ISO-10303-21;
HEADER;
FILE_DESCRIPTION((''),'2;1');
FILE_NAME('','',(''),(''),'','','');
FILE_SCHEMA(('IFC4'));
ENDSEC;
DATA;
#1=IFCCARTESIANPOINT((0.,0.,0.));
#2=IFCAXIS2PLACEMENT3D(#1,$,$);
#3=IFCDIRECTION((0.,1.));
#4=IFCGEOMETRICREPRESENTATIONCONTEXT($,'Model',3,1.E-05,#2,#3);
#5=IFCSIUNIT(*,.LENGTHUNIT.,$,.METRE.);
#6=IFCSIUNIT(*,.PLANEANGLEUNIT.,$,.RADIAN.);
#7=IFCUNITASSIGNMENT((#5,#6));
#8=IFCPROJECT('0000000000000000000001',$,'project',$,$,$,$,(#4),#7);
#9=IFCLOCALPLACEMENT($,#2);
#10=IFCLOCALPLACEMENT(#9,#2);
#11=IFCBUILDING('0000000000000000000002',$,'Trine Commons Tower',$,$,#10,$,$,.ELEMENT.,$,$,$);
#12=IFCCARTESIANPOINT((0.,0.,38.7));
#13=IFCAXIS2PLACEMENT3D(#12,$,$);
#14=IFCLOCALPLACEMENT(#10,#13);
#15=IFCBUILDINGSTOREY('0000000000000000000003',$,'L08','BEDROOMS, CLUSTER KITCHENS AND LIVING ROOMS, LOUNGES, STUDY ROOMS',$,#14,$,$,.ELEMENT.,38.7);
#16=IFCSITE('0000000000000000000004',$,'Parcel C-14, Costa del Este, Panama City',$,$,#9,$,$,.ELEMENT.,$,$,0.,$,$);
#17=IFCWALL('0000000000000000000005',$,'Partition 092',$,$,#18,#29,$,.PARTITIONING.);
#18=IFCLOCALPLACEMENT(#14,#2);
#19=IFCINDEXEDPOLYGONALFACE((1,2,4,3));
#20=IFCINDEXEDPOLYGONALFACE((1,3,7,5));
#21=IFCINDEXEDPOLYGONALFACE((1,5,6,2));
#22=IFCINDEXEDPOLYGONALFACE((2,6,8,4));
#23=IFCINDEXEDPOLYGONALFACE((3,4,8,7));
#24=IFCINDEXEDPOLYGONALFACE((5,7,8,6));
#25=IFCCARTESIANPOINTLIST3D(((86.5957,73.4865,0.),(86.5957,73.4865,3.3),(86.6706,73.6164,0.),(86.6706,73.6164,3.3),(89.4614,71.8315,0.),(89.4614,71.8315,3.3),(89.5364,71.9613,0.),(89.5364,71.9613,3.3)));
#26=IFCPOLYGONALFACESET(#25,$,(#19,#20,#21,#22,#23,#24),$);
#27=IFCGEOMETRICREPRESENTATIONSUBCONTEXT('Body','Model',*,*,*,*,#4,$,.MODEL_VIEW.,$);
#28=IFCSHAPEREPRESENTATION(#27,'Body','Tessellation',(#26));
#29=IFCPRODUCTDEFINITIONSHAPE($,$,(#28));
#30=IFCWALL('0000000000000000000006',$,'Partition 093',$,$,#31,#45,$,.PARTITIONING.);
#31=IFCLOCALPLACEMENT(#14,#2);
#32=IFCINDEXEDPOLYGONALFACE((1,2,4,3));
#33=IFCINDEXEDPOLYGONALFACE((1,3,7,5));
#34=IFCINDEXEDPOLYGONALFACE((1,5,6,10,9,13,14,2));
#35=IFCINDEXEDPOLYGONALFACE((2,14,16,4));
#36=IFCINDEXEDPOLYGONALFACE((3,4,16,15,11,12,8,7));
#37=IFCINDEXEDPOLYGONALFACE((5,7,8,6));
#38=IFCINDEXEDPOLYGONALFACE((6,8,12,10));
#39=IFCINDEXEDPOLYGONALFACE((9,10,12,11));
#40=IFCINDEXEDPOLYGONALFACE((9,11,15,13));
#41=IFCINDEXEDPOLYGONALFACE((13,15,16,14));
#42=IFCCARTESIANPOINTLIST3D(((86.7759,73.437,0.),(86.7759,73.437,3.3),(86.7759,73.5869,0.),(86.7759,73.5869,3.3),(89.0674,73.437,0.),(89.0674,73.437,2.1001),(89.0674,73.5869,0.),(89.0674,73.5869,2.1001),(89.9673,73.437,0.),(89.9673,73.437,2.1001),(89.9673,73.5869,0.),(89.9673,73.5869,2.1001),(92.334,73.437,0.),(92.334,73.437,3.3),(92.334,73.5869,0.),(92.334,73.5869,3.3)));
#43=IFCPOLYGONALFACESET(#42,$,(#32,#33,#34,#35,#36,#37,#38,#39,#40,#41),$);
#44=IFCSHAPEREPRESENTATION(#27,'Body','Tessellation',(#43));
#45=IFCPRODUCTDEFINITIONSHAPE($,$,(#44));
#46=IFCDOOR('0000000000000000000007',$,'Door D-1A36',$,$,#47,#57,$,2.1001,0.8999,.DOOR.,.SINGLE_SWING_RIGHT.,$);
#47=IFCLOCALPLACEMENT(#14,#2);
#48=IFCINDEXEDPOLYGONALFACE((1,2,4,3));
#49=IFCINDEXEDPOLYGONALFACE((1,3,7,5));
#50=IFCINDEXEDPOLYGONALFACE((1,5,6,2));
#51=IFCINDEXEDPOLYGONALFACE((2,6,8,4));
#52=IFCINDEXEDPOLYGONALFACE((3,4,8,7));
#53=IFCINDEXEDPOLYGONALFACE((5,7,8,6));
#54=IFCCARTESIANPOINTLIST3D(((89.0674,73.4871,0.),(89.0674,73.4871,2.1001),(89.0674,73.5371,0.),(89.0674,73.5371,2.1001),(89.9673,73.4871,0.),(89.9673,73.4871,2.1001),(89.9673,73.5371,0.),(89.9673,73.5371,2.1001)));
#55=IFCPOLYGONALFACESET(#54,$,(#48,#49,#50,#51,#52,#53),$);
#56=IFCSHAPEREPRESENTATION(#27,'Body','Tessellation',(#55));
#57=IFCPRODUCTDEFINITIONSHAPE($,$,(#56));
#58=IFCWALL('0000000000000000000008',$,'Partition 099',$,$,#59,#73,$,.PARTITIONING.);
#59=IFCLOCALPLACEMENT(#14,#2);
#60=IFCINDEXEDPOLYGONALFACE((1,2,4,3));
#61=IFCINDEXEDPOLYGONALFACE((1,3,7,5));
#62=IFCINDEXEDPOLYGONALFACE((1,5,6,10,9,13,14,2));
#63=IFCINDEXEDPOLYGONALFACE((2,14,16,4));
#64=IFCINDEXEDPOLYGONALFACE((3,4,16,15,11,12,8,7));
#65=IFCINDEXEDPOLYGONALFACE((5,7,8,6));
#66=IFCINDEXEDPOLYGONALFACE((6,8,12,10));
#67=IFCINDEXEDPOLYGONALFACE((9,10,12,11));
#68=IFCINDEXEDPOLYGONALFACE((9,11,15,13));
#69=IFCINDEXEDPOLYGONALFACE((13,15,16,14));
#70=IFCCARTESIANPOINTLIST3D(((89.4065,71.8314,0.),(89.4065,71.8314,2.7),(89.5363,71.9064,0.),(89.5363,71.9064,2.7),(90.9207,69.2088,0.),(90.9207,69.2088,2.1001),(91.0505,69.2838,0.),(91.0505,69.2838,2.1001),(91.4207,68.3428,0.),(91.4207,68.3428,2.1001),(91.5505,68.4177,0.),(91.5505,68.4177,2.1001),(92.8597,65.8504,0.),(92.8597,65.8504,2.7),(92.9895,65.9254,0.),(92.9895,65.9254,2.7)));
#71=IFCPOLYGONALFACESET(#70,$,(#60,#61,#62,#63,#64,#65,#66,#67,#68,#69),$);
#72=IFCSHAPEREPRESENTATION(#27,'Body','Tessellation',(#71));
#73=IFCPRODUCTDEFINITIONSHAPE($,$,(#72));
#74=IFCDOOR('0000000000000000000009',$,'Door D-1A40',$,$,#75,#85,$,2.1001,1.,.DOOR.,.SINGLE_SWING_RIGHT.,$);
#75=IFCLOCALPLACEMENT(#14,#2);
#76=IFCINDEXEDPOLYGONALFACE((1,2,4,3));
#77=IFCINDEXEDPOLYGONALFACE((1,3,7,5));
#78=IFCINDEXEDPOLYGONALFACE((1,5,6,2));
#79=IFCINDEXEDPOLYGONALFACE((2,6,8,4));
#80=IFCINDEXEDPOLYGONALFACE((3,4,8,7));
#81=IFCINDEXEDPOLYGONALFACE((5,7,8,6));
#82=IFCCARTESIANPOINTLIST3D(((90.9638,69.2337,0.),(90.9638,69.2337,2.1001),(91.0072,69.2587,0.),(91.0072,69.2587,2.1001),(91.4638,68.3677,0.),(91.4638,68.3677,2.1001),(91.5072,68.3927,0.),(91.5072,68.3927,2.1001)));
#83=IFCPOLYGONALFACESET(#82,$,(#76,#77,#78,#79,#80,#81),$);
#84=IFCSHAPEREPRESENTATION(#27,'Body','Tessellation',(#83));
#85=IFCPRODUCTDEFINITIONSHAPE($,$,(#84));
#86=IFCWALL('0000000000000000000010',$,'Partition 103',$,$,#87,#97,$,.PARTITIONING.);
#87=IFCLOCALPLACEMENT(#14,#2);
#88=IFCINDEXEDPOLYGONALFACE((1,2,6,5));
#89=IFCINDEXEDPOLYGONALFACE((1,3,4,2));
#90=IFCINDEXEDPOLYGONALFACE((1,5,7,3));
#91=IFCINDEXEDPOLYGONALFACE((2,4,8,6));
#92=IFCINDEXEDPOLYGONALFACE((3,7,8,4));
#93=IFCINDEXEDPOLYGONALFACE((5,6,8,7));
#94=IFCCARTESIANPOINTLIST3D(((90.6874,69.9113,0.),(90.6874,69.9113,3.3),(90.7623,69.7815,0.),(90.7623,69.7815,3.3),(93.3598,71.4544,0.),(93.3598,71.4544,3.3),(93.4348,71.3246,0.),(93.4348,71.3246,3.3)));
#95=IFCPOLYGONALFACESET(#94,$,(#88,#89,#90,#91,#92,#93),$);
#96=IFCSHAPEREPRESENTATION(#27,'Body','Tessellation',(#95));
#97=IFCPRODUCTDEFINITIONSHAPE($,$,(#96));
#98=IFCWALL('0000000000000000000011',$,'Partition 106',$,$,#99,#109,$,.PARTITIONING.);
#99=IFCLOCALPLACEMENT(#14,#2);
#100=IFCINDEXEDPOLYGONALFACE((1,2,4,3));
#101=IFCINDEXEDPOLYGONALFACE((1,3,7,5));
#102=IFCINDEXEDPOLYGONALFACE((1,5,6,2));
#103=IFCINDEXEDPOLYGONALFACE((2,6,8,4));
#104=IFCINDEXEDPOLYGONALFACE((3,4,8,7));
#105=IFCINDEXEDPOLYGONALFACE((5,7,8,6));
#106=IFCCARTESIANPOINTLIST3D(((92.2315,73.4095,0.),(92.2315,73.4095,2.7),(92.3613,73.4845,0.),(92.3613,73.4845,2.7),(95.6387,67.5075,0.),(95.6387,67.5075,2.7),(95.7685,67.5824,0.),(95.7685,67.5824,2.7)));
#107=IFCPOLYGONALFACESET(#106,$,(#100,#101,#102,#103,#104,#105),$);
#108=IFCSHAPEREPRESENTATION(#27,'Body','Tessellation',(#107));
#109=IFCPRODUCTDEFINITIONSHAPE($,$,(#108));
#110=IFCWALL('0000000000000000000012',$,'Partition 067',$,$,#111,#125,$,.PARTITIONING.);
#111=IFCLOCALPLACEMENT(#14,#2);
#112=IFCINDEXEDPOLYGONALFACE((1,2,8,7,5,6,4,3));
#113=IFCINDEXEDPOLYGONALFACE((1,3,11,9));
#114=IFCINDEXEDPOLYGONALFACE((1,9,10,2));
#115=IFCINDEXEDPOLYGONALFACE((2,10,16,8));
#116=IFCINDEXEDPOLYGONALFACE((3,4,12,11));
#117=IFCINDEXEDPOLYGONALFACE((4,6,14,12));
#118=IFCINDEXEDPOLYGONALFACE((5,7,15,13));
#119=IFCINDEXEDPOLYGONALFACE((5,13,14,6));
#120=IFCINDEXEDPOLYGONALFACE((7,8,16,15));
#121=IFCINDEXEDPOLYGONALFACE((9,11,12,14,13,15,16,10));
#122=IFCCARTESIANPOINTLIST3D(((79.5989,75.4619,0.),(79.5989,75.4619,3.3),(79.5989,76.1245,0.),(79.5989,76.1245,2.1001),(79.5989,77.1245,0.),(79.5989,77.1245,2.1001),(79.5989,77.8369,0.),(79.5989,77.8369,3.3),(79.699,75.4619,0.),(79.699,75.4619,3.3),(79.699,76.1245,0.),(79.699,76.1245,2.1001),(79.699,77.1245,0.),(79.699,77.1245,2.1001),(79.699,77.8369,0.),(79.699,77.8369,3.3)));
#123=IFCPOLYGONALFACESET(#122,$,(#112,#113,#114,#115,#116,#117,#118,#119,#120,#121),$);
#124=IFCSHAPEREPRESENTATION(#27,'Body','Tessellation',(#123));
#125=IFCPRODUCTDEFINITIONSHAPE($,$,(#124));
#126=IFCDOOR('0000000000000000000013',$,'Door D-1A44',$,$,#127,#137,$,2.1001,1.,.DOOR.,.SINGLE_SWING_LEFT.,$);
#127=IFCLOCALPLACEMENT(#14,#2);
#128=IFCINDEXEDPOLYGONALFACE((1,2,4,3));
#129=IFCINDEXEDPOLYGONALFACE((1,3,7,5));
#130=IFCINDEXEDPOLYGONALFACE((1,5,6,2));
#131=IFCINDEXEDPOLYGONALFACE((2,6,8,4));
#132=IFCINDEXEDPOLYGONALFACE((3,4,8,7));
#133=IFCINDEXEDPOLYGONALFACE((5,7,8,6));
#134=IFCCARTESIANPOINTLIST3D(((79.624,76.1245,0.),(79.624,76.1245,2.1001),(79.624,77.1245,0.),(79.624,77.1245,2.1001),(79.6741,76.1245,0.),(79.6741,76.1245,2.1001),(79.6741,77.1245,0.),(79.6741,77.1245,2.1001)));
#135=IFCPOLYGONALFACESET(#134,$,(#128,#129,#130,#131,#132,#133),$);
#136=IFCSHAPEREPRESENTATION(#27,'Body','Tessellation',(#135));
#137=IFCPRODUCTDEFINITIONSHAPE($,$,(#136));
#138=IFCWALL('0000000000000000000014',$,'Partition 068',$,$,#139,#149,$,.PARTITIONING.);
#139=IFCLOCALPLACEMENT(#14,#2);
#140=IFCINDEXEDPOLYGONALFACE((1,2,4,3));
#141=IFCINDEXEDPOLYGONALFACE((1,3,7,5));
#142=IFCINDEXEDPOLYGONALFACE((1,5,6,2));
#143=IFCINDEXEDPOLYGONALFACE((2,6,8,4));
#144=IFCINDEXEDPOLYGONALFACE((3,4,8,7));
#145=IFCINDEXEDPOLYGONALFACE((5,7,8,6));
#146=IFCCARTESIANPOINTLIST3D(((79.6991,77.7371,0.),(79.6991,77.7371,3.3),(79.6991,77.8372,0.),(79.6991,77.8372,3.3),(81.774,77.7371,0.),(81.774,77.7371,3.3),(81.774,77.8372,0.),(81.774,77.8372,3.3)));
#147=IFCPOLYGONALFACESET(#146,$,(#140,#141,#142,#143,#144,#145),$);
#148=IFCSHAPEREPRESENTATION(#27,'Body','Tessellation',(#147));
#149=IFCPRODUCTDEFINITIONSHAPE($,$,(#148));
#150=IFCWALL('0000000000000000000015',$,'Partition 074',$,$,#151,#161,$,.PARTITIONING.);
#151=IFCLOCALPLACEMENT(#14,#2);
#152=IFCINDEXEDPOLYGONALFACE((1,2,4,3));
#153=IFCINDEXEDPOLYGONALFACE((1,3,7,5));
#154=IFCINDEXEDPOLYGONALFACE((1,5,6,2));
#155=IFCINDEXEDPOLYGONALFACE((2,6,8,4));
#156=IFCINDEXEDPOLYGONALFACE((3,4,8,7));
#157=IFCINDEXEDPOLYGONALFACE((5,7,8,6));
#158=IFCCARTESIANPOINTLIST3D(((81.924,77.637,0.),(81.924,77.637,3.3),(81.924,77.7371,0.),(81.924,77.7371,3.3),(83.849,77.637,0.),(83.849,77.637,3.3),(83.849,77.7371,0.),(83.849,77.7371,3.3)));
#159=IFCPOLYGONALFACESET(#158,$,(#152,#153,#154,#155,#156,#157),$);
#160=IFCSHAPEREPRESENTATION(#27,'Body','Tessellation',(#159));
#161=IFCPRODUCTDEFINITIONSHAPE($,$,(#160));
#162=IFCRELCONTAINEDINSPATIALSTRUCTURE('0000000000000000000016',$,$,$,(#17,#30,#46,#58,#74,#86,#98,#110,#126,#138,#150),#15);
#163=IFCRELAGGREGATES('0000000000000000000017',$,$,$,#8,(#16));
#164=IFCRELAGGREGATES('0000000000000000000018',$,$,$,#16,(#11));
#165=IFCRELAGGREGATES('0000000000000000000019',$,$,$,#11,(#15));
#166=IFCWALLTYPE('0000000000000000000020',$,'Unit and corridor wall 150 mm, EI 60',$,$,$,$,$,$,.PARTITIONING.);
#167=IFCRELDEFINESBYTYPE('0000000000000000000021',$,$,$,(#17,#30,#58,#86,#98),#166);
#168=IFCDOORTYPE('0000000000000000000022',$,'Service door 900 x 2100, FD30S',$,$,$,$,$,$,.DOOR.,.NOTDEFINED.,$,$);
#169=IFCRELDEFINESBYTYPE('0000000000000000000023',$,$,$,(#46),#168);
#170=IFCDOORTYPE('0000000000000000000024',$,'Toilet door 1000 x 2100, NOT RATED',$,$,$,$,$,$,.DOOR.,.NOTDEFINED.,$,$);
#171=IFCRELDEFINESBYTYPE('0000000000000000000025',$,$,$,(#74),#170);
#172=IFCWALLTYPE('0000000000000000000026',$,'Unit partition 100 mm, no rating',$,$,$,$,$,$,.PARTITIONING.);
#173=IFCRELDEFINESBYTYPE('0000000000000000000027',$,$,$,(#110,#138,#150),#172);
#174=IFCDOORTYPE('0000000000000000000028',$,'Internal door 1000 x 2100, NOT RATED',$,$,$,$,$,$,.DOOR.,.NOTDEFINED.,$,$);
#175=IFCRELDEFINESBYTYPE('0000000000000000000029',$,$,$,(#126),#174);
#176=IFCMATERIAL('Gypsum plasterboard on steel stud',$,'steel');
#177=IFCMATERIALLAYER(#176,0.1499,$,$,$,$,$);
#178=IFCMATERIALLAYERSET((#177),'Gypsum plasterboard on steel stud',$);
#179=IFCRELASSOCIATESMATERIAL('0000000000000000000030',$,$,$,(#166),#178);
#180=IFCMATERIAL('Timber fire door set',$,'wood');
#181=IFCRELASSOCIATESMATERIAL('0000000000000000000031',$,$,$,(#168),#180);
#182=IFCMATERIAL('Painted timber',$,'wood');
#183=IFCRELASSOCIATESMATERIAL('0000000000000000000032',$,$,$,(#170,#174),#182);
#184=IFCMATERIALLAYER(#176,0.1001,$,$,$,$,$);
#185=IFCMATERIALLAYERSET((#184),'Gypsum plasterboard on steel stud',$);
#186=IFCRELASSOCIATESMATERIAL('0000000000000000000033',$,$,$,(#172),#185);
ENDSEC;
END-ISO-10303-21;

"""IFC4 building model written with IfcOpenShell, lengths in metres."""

from ifc_helpers import new_model, si_unit, direction, frame, frame_2d, origin, place, context, subcontext, project, spatial, rectangle, extrude, material, layer, layer_set, type_object, element, fill, save


model = new_model("IFC4")

# Units and contexts
model_context = context("Model", 3, precision=1e-05, world=origin(), true_north=direction((0.0, 1.0)))
body_context = subcontext(model_context, "Body", "Model", "MODEL_VIEW")
ifc_project = project(units=[si_unit("LENGTHUNIT", "METRE"), si_unit("PLANEANGLEUNIT", "RADIAN")], contexts=[model_context])

# Site, building, storey
site_placement = place(None, origin())
site = spatial("IfcSite", under=ifc_project, at=site_placement, Name="Parcel C-14, Costa del Este, Panama City", CompositionType="ELEMENT", RefElevation=0.0)
building_placement = place(site_placement, origin())
building = spatial("IfcBuilding", under=site, at=building_placement, Name="Trine Commons Tower", CompositionType="ELEMENT")
storey_placement = place(building_placement, frame((0.0, 0.0, 38.7)))
storey = spatial("IfcBuildingStorey", under=building, at=storey_placement, Name="L08", Description="BEDROOMS, CLUSTER KITCHENS AND LIVING ROOMS, LOUNGES, STUDY ROOMS", CompositionType="ELEMENT", Elevation=38.7)

# Wall
ifc_material_1 = material(Name="Gypsum plasterboard on steel stud", Category="steel")
ifc_layer_1 = layer(ifc_material_1, 0.1499)
ifc_layer_set_1 = layer_set([ifc_layer_1], Name="Gypsum plasterboard on steel stud")
wall_type_1 = type_object("IfcWallType", Name="Unit and corridor wall 150 mm, EI 60", PredefinedType="PARTITIONING", material=ifc_layer_set_1)
wall_1_placement = place(storey_placement, frame((86.6331, 73.5515, 0.0), z_axis=(0.0, 0.0, 1.0), x_axis=(0.86596, -0.500114, 0.0)))
element("IfcWall", 1, at=wall_1_placement, inside=storey, type_object=wall_type_1, Name="Partition 092", PredefinedType="PARTITIONING", context=body_context, shape_type="SweptSolid", body=[
    extrude(rectangle(XDim=3.3093, YDim=0.1499, at=frame_2d((1.6548, 0.0))), origin(), (0.0, 0.0, 1.0), 3.3),
])

# Walls, openings, doors
wall_2_placement = place(storey_placement, frame((86.7759, 73.512, 0.0), z_axis=(0.0, 0.0, 1.0), x_axis=(1.0, 0.0, 0.0)))
wall_2 = element("IfcWall", 2, at=wall_2_placement, inside=storey, type_object=wall_type_1, Name="Partition 093", PredefinedType="PARTITIONING", context=body_context, shape_type="SweptSolid", body=[
    extrude(rectangle(XDim=5.5581, YDim=0.1499, at=frame_2d((2.7791, 0.0))), origin(), (0.0, 0.0, 1.0), 3.3),
])
opening_1_placement = place(wall_2_placement, frame((2.2915, 0.0, 0.0)))
opening_1 = element("IfcOpeningElement", 3, at=opening_1_placement, cuts=wall_2, PredefinedType="OPENING", context=body_context, shape_type="SweptSolid", body=[
    extrude(rectangle(XDim=0.8999, YDim=2.1001, at=frame_2d((0.45, 1.05))), frame((0.0, 0.085, 0.0), z_axis=(0.0, -1.0, 0.0), x_axis=(1.0, 0.0, 0.0)), (0.0, 0.0, 1.0), 0.1699),
])
ifc_material_2 = material(Name="Timber fire door set", Category="wood")
door_type_1 = type_object("IfcDoorType", Name="Service door 900 x 2100, FD30S", OperationType="NOTDEFINED", PredefinedType="DOOR", material=ifc_material_2)
door_1_placement = place(opening_1_placement, frame((0.8999, 0.0, 0.0), z_axis=(0.0, 0.0, 1.0), x_axis=(-1.0, 0.0, 0.0)))
door_1 = element("IfcDoor", 4, at=door_1_placement, inside=storey, type_object=door_type_1, Name="Door D-1A36", OperationType="SINGLE_SWING_RIGHT", OverallHeight=2.1001, OverallWidth=0.8999, PredefinedType="DOOR", context=body_context, shape_type="SweptSolid", body=[
    extrude(rectangle(XDim=0.8999, YDim=2.1001, at=frame_2d((0.45, 1.05))), frame((0.0, 0.0249, 0.0), z_axis=(0.0, -1.0, 0.0), x_axis=(1.0, 0.0, 0.0)), (0.0, 0.0, 1.0), 0.05),
])
fill(opening_1, door_1)
wall_3_placement = place(storey_placement, frame((89.4714, 71.8689, 0.0), z_axis=(0.0, 0.0, 1.0), x_axis=(0.500002, -0.866024, 0.0)))
wall_3 = element("IfcWall", 5, at=wall_3_placement, inside=storey, type_object=wall_type_1, Name="Partition 099", PredefinedType="PARTITIONING", context=body_context, shape_type="SweptSolid", body=[
    extrude(rectangle(XDim=6.9062, YDim=0.1499, at=frame_2d((3.4531, 0.0))), origin(), (0.0, 0.0, 1.0), 2.7),
])
opening_2_placement = place(wall_3_placement, frame((3.0283, 0.0, 0.0)))
opening_2 = element("IfcOpeningElement", 6, at=opening_2_placement, cuts=wall_3, PredefinedType="OPENING", context=body_context, shape_type="SweptSolid", body=[
    extrude(rectangle(XDim=1.0, YDim=2.1001, at=frame_2d((0.5, 1.05))), frame((0.0, 0.085, 0.0), z_axis=(0.0, -1.0, 0.0), x_axis=(1.0, 0.0, 0.0)), (0.0, 0.0, 1.0), 0.1699),
])
ifc_material_3 = material(Name="Painted timber", Category="wood")
door_type_2 = type_object("IfcDoorType", Name="Toilet door 1000 x 2100, NOT RATED", OperationType="NOTDEFINED", PredefinedType="DOOR", material=ifc_material_3)
door_2_placement = place(opening_2_placement, origin())
door_2 = element("IfcDoor", 7, at=door_2_placement, inside=storey, type_object=door_type_2, Name="Door D-1A40", OperationType="SINGLE_SWING_RIGHT", OverallHeight=2.1001, OverallWidth=1.0, PredefinedType="DOOR", context=body_context, shape_type="SweptSolid", body=[
    extrude(rectangle(XDim=1.0, YDim=2.1001, at=frame_2d((0.5, 1.05))), frame((0.0, 0.0249, 0.0), z_axis=(0.0, -1.0, 0.0), x_axis=(1.0, 0.0, 0.0)), (0.0, 0.0, 1.0), 0.05),
])
fill(opening_2, door_2)

# Walls
wall_4_placement = place(storey_placement, frame((90.7249, 69.8464, 0.0), z_axis=(0.0, 0.0, 1.0), x_axis=(0.866014, 0.500019, 0.0)))
element("IfcWall", 8, at=wall_4_placement, inside=storey, type_object=wall_type_1, Name="Partition 103", PredefinedType="PARTITIONING", context=body_context, shape_type="SweptSolid", body=[
    extrude(rectangle(XDim=3.0859, YDim=0.1499, at=frame_2d((1.543, 0.0))), origin(), (0.0, 0.0, 1.0), 3.3),
])
wall_5_placement = place(storey_placement, frame((92.2964, 73.447, 0.0), z_axis=(0.0, 0.0, 1.0), x_axis=(0.499961, -0.866048, 0.0)))
element("IfcWall", 9, at=wall_5_placement, inside=storey, type_object=wall_type_1, Name="Partition 106", PredefinedType="PARTITIONING", context=body_context, shape_type="SweptSolid", body=[
    extrude(rectangle(XDim=6.8149, YDim=0.1499, at=frame_2d((3.4075, 0.0))), origin(), (0.0, 0.0, 1.0), 2.7),
])

# Wall, opening, door
ifc_layer_2 = layer(ifc_material_1, 0.1001)
ifc_layer_set_2 = layer_set([ifc_layer_2], Name="Gypsum plasterboard on steel stud")
wall_type_2 = type_object("IfcWallType", Name="Unit partition 100 mm, no rating", PredefinedType="PARTITIONING", material=ifc_layer_set_2)
wall_6_placement = place(storey_placement, frame((79.6489, 75.4619, 0.0), z_axis=(0.0, 0.0, 1.0), x_axis=(0.0, 1.0, 0.0)))
wall_6 = element("IfcWall", 10, at=wall_6_placement, inside=storey, type_object=wall_type_2, Name="Partition 067", PredefinedType="PARTITIONING", context=body_context, shape_type="SweptSolid", body=[
    extrude(rectangle(XDim=2.375, YDim=0.1001, at=frame_2d((1.1875, 0.0))), origin(), (0.0, 0.0, 1.0), 3.3),
])
opening_3_placement = place(wall_6_placement, frame((0.6626, 0.0, 0.0)))
opening_3 = element("IfcOpeningElement", 11, at=opening_3_placement, cuts=wall_6, PredefinedType="OPENING", context=body_context, shape_type="SweptSolid", body=[
    extrude(rectangle(XDim=1.0, YDim=2.1001, at=frame_2d((0.5, 1.05))), frame((0.0, 0.0601, 0.0), z_axis=(0.0, -1.0, 0.0), x_axis=(1.0, 0.0, 0.0)), (0.0, 0.0, 1.0), 0.1201),
])
door_type_3 = type_object("IfcDoorType", Name="Internal door 1000 x 2100, NOT RATED", OperationType="NOTDEFINED", PredefinedType="DOOR", material=ifc_material_3)
door_3_placement = place(opening_3_placement, origin())
door_3 = element("IfcDoor", 12, at=door_3_placement, inside=storey, type_object=door_type_3, Name="Door D-1A44", OperationType="SINGLE_SWING_LEFT", OverallHeight=2.1001, OverallWidth=1.0, PredefinedType="DOOR", context=body_context, shape_type="SweptSolid", body=[
    extrude(rectangle(XDim=1.0, YDim=2.1001, at=frame_2d((0.5, 1.05))), frame((0.0, 0.0249, 0.0), z_axis=(0.0, -1.0, 0.0), x_axis=(1.0, 0.0, 0.0)), (0.0, 0.0, 1.0), 0.05),
])
fill(opening_3, door_3)

# Walls
wall_7_placement = place(storey_placement, frame((79.699, 77.7871, 0.0), z_axis=(0.0, 0.0, 1.0), x_axis=(1.0, 0.0, 0.0)))
element("IfcWall", 13, at=wall_7_placement, inside=storey, type_object=wall_type_2, Name="Partition 068", PredefinedType="PARTITIONING", context=body_context, shape_type="SweptSolid", body=[
    extrude(rectangle(XDim=2.075, YDim=0.1001, at=frame_2d((1.0376, 0.0))), origin(), (0.0, 0.0, 1.0), 3.3),
])
wall_8_placement = place(storey_placement, frame((81.9241, 77.687, 0.0), z_axis=(0.0, 0.0, 1.0), x_axis=(1.0, 0.0, 0.0)))
element("IfcWall", 14, at=wall_8_placement, inside=storey, type_object=wall_type_2, Name="Partition 074", PredefinedType="PARTITIONING", context=body_context, shape_type="SweptSolid", body=[
    extrude(rectangle(XDim=1.925, YDim=0.1001, at=frame_2d((0.9624, 0.0))), origin(), (0.0, 0.0, 1.0), 3.3),
])

save(model, "model.ifc")
